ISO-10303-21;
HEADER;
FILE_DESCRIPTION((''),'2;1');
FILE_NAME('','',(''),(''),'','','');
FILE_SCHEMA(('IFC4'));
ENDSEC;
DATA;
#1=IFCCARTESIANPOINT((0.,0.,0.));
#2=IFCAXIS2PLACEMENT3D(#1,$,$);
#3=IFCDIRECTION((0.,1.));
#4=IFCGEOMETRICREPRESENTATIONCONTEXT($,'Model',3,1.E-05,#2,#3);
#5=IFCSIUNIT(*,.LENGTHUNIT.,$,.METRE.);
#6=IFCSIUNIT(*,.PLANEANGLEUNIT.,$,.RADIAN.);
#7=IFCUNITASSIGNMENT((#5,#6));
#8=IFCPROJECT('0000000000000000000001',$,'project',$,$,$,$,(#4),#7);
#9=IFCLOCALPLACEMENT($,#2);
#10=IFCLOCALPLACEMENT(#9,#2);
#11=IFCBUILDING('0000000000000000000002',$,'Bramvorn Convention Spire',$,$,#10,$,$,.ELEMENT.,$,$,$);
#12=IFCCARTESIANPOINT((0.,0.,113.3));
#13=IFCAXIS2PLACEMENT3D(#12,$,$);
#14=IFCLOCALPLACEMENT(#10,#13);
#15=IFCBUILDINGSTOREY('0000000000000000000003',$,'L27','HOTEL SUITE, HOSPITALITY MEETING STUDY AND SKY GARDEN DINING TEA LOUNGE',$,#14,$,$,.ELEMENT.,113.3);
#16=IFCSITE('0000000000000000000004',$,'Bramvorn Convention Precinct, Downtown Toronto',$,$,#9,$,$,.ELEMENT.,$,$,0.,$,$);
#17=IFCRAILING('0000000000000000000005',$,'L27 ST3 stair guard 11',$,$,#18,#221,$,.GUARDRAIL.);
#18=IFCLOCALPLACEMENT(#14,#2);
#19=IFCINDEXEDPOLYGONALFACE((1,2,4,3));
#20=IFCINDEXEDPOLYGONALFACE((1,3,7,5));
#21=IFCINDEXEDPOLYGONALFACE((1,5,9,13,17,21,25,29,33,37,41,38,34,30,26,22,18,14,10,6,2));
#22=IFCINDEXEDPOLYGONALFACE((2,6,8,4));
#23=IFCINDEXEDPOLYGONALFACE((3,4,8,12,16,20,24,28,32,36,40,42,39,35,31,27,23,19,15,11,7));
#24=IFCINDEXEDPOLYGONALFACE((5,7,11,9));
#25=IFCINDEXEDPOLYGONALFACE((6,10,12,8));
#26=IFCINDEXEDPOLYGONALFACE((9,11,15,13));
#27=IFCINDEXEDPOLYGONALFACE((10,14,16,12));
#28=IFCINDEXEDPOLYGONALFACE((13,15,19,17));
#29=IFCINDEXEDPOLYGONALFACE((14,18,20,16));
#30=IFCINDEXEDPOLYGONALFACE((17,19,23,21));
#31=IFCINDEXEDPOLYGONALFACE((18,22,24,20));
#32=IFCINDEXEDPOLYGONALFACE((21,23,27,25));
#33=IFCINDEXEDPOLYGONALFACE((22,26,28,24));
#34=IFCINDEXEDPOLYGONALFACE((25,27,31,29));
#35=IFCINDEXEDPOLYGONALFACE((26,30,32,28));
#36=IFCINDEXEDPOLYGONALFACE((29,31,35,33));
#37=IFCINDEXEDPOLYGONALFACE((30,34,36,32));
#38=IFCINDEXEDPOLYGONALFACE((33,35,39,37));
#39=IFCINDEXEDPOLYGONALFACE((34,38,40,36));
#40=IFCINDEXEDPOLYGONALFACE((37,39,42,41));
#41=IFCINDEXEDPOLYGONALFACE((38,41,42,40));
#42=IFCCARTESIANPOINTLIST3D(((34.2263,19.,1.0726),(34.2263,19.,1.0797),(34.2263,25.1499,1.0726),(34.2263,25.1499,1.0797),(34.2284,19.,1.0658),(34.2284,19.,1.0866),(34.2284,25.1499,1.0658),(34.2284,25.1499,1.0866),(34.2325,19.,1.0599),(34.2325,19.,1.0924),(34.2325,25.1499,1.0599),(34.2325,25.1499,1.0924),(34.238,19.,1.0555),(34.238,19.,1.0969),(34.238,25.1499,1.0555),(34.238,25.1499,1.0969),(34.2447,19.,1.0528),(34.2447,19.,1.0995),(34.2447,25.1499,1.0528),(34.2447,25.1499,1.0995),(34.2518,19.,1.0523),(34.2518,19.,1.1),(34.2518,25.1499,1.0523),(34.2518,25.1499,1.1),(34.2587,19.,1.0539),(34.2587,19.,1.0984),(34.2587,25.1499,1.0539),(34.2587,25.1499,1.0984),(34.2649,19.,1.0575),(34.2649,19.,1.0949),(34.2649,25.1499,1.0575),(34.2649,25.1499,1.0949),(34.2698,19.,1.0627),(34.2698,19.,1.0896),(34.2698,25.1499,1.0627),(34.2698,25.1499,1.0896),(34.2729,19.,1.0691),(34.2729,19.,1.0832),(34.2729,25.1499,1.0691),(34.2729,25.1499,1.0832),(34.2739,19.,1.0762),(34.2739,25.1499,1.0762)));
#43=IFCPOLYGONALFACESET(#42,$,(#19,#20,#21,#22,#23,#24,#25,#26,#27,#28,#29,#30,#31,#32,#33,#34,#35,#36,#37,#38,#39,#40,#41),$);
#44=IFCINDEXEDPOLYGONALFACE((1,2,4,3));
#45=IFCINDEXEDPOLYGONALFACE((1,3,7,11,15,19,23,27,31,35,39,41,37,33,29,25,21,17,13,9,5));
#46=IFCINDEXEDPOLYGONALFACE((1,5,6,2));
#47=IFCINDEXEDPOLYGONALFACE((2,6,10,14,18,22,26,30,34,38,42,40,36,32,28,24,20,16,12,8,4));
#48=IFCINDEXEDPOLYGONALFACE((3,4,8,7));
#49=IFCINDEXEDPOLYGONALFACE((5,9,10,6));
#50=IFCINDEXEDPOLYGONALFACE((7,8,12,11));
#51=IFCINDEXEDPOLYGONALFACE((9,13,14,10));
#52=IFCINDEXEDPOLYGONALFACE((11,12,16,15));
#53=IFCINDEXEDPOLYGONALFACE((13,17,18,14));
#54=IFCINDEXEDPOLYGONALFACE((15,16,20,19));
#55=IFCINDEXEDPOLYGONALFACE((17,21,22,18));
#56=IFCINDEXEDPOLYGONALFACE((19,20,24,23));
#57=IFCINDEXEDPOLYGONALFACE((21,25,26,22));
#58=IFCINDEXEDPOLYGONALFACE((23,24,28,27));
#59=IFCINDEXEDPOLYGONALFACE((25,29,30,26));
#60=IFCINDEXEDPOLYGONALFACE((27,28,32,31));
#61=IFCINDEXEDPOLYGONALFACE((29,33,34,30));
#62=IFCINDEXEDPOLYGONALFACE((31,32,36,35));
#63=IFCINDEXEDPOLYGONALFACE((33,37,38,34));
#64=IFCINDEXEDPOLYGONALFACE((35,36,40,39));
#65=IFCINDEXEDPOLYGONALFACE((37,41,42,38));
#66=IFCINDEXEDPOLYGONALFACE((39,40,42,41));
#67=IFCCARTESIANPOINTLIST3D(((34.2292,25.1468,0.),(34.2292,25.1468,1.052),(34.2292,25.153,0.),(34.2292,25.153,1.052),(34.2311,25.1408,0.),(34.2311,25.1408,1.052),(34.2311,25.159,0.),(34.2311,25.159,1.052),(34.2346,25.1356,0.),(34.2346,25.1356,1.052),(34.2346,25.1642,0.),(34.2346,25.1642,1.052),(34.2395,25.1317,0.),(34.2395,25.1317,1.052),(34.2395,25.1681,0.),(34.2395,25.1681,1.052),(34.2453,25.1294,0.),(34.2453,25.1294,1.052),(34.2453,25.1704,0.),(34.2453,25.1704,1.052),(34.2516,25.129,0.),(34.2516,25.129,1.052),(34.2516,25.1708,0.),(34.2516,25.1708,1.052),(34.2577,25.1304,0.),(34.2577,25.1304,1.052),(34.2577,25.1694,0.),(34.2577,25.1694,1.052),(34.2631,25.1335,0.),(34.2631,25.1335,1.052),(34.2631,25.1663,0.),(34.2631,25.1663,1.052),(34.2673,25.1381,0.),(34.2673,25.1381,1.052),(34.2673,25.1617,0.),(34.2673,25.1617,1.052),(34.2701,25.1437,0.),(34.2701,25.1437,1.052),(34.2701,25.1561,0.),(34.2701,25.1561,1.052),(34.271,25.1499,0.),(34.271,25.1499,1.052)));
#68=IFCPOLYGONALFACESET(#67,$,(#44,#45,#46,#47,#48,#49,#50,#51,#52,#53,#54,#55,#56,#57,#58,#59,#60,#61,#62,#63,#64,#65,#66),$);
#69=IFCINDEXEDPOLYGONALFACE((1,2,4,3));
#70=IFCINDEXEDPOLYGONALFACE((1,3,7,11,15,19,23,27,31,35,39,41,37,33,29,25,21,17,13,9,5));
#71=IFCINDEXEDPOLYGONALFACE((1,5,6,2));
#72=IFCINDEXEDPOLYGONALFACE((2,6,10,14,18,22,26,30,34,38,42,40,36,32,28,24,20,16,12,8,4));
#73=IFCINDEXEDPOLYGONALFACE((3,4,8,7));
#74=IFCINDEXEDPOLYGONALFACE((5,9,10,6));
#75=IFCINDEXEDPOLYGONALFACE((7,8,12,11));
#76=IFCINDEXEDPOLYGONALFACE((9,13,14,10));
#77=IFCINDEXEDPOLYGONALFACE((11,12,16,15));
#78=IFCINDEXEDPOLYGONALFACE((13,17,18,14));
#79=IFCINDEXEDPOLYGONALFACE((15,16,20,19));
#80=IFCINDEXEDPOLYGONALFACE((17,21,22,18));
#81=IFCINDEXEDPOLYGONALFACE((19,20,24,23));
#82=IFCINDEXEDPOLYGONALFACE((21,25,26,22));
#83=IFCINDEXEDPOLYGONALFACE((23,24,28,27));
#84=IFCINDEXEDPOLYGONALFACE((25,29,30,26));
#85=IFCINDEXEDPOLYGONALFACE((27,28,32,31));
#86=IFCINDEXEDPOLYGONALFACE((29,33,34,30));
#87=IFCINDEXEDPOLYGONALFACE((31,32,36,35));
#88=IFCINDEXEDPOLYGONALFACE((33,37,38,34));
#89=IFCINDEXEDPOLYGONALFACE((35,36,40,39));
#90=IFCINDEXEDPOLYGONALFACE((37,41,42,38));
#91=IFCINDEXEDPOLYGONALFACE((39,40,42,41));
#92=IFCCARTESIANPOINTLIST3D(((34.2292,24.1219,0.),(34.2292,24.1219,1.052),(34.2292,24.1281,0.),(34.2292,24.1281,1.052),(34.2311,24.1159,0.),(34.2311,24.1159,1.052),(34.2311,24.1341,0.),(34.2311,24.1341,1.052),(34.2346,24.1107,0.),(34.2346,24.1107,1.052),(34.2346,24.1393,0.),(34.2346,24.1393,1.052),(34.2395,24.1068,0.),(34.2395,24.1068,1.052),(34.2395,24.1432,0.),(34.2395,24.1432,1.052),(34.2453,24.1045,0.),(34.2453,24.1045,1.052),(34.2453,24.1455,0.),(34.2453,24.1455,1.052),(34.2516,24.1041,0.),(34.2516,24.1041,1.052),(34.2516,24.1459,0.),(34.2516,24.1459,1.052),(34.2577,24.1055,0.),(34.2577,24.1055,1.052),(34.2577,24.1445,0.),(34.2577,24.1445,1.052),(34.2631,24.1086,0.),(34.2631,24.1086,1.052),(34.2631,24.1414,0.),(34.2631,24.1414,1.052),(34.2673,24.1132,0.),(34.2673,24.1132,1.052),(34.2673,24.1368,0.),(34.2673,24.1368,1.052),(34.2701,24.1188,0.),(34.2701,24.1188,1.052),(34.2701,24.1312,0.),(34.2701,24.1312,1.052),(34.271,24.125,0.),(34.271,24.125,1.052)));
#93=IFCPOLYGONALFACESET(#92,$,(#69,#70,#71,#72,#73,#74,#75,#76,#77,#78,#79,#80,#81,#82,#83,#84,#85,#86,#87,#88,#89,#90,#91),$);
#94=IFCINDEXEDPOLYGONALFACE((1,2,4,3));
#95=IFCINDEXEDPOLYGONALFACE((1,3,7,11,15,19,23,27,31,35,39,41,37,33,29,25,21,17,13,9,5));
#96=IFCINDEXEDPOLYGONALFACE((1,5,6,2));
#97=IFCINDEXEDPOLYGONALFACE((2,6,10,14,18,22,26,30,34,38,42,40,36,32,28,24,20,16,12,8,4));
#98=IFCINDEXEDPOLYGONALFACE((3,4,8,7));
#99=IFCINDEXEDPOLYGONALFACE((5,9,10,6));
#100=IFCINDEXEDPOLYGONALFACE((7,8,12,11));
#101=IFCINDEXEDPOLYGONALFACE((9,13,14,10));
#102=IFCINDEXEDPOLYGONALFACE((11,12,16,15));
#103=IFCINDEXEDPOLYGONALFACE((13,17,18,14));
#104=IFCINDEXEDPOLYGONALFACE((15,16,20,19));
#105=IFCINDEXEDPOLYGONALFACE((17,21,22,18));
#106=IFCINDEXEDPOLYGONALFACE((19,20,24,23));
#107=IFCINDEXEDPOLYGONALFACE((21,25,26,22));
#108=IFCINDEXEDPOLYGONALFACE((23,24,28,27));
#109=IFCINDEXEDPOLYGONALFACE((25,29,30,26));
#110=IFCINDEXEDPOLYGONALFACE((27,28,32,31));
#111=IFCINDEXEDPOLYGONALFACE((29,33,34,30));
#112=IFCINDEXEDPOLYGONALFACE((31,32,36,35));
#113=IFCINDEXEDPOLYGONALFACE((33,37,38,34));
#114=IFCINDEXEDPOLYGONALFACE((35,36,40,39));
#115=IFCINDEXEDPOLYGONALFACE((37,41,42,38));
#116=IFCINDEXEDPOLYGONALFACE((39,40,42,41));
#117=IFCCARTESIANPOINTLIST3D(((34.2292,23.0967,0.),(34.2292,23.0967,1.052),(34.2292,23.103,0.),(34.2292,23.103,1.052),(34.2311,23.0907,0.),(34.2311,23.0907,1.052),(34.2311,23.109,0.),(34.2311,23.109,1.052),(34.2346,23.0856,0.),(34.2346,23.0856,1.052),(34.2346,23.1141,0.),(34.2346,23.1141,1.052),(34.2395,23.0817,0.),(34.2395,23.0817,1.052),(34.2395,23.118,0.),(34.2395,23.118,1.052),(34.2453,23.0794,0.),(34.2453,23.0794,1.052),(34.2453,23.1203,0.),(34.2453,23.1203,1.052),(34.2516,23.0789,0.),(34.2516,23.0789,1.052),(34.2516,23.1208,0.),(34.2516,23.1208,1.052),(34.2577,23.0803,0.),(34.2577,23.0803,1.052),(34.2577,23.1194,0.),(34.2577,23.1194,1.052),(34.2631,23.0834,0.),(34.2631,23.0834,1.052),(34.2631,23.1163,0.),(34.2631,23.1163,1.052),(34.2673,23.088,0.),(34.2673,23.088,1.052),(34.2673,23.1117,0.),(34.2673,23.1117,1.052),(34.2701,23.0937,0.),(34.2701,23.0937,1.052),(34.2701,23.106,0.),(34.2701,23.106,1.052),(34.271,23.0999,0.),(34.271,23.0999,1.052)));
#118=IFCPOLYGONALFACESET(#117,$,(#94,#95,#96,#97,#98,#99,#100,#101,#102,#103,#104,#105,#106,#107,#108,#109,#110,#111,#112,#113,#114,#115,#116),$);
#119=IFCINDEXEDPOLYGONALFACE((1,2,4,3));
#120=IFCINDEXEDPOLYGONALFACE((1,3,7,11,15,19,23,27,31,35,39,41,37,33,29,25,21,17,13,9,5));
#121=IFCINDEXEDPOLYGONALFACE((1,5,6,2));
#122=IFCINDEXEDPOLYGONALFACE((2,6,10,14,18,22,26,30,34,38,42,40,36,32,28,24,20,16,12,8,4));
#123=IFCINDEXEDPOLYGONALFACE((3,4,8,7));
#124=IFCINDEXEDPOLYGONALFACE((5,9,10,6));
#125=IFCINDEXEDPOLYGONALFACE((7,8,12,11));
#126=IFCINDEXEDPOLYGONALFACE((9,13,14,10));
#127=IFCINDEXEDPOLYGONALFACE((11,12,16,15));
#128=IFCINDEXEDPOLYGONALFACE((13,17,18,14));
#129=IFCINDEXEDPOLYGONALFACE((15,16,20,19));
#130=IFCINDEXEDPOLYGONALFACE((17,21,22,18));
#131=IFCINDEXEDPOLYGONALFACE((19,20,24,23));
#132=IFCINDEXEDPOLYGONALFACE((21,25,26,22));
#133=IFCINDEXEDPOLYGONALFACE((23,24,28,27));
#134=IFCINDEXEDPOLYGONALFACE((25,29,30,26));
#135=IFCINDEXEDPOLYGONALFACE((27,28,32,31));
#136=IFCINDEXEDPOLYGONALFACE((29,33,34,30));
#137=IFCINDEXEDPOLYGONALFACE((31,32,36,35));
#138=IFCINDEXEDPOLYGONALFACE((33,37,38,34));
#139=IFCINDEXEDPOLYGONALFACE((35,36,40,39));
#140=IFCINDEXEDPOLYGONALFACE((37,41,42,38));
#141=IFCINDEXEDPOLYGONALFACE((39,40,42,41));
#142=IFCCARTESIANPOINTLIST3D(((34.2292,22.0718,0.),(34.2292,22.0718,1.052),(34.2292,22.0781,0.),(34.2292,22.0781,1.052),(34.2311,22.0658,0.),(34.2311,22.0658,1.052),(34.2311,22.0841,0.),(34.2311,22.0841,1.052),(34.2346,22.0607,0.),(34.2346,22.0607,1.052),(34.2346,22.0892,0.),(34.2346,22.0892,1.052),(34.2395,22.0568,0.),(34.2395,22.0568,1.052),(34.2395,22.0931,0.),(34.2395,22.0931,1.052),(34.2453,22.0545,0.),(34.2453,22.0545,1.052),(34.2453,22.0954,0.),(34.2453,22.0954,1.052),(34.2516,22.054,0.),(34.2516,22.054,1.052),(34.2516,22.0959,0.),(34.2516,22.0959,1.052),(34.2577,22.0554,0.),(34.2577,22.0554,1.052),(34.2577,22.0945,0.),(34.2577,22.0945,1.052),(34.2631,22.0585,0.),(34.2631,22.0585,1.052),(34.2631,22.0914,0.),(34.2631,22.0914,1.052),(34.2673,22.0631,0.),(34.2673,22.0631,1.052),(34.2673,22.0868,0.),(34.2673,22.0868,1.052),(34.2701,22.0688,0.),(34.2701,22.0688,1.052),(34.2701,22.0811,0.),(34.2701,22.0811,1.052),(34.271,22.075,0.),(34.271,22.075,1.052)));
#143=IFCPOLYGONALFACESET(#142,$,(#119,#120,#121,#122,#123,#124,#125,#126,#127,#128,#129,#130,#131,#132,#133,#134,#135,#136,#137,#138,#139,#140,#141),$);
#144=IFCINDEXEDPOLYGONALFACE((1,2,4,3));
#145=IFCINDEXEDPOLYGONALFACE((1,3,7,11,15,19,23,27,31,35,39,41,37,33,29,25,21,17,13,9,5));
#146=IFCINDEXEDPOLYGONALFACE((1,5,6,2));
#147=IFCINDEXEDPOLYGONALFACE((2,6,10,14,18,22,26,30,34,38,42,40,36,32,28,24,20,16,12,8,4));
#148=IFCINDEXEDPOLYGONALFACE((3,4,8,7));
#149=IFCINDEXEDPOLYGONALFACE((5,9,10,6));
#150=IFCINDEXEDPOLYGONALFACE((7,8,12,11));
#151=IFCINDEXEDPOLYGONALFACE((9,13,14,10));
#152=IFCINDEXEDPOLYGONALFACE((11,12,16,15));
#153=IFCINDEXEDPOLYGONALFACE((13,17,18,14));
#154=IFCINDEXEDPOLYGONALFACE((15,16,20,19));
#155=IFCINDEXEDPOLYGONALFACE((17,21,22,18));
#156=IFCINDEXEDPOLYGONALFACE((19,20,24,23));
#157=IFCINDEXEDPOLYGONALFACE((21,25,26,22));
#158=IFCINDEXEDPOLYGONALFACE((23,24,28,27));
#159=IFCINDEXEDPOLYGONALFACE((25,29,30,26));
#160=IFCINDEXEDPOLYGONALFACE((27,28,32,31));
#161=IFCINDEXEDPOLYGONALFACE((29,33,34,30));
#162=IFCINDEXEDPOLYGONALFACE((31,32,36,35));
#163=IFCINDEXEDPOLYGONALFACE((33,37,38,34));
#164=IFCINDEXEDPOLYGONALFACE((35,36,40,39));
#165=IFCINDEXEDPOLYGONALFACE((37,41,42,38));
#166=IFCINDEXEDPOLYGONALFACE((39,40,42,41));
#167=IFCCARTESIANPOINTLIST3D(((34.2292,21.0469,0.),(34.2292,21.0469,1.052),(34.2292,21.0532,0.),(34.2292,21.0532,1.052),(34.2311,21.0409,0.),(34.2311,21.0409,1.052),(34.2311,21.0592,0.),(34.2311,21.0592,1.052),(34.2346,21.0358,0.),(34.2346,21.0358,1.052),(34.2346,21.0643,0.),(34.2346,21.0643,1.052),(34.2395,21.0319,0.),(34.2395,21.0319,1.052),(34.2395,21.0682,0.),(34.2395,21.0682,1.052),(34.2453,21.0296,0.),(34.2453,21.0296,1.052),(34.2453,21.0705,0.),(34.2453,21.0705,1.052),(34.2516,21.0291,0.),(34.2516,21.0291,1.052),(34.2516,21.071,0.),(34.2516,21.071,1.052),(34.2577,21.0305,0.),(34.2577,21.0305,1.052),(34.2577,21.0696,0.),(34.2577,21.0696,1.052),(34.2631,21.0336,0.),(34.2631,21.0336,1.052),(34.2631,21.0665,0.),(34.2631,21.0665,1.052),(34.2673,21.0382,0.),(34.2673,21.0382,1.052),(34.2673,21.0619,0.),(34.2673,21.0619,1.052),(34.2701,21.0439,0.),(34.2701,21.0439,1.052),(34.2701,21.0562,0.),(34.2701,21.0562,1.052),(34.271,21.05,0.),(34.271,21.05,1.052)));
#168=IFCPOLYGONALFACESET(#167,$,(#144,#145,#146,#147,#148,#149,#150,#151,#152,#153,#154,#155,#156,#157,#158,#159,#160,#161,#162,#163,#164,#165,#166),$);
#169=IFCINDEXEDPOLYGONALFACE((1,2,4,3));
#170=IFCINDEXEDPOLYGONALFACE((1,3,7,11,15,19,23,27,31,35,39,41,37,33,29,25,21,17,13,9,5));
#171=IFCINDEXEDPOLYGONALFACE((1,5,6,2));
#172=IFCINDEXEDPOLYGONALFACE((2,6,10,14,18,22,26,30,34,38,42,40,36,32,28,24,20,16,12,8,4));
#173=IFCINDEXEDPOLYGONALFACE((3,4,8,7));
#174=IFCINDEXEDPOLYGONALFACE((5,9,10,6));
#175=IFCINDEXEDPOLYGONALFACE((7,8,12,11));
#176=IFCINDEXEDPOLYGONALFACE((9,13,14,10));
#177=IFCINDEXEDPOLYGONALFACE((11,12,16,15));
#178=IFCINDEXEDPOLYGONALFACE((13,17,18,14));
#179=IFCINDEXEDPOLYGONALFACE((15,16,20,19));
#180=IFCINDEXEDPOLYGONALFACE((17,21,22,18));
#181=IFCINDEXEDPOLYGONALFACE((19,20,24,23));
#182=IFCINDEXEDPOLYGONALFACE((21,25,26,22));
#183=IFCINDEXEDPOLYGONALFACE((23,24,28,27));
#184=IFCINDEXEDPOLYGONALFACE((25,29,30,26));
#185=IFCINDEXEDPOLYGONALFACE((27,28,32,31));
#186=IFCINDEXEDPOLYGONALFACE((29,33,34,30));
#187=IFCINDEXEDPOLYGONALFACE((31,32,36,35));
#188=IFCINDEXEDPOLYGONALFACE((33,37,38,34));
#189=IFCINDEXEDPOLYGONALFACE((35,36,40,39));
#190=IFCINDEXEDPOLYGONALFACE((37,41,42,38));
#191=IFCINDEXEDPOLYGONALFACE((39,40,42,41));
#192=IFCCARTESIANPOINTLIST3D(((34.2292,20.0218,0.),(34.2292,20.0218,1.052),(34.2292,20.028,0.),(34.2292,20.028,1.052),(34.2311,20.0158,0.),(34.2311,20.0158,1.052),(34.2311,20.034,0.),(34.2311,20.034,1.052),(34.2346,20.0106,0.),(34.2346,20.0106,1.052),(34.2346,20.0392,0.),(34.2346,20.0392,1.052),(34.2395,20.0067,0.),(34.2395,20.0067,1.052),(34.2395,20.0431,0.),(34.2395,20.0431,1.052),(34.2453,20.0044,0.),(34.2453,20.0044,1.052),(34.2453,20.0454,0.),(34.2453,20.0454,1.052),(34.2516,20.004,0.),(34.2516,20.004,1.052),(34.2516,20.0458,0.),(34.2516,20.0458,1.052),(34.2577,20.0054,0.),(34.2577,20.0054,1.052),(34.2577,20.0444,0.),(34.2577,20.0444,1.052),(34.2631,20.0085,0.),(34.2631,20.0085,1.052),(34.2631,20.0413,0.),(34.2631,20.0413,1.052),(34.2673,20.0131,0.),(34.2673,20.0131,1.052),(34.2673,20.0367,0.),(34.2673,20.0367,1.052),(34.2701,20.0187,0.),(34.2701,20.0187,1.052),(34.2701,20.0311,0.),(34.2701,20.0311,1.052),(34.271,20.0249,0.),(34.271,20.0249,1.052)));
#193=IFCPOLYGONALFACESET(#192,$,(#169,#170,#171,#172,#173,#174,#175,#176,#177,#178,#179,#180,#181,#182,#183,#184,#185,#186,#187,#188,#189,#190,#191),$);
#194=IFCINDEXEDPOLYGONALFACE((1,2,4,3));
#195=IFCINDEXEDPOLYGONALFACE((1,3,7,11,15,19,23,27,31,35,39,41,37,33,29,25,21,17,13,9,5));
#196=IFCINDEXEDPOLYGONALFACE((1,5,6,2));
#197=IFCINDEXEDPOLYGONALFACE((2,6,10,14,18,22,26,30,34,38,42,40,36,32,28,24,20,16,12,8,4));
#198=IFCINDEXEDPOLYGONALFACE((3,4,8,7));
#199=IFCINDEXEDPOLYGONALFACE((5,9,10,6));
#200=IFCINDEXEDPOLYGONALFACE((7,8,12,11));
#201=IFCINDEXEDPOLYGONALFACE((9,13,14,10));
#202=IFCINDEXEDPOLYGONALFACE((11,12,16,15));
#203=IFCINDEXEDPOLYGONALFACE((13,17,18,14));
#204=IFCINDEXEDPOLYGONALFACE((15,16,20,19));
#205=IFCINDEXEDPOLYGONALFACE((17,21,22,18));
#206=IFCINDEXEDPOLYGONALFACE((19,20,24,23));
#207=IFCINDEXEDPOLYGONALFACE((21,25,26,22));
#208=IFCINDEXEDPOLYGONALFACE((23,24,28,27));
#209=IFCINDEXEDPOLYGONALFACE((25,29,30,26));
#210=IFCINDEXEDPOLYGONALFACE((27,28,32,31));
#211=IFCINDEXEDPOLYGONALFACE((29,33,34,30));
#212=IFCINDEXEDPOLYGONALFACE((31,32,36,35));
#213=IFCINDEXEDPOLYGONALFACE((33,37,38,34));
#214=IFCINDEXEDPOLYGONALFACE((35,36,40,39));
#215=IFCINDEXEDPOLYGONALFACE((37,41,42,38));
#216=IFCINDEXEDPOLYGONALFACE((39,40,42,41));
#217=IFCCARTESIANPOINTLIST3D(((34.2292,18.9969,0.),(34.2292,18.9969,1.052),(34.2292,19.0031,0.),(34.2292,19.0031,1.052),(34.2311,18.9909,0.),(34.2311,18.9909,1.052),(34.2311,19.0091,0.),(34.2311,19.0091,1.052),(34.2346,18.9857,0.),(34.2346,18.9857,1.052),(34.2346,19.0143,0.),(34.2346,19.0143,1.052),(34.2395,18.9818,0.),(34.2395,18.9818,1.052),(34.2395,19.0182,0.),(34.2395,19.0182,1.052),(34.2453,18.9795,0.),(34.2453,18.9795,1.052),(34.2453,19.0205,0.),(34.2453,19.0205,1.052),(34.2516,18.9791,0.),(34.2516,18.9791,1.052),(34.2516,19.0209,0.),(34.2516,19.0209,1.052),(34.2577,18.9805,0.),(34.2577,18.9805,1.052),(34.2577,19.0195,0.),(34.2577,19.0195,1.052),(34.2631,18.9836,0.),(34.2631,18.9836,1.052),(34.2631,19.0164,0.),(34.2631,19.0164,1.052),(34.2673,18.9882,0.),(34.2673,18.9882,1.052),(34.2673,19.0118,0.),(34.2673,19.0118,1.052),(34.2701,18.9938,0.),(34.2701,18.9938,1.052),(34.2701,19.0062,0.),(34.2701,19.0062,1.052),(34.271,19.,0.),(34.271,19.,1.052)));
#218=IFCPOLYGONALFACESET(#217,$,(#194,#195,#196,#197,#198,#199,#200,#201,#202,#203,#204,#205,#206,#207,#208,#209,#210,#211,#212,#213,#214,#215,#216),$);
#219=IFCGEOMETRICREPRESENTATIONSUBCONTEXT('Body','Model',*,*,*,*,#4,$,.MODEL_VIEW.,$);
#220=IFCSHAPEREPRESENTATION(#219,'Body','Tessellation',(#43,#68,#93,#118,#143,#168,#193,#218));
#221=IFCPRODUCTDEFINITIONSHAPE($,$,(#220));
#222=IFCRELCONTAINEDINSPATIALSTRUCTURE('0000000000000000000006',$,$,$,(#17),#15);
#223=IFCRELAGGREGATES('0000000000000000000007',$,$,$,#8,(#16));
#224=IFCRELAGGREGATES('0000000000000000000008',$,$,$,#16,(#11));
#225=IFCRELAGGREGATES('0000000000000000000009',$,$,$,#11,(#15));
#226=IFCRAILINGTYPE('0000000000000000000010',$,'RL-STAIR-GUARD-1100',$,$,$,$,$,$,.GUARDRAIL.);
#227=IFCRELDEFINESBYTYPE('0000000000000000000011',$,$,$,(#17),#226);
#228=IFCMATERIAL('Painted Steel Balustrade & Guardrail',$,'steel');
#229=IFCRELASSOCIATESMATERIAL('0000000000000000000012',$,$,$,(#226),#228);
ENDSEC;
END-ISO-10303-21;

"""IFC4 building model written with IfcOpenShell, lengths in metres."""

from ifc_helpers import new_model, si_unit, direction, frame, origin, origin_2d, place, context, subcontext, project, spatial, circle, extrude, material, type_object, element, save


model = new_model("IFC4")

# Units and contexts
model_context = context("Model", 3, precision=1e-05, world=origin(), true_north=direction((0.0, 1.0)))
body_context = subcontext(model_context, "Body", "Model", "MODEL_VIEW")
ifc_project = project(units=[si_unit("LENGTHUNIT", "METRE"), si_unit("PLANEANGLEUNIT", "RADIAN")], contexts=[model_context])

# Site, building, storey
site_placement = place(None, origin())
site = spatial("IfcSite", under=ifc_project, at=site_placement, Name="Bramvorn Convention Precinct, Downtown Toronto", CompositionType="ELEMENT", RefElevation=0.0)
building_placement = place(site_placement, origin())
building = spatial("IfcBuilding", under=site, at=building_placement, Name="Bramvorn Convention Spire", CompositionType="ELEMENT")
storey_placement = place(building_placement, frame((0.0, 0.0, 113.3)))
storey = spatial("IfcBuildingStorey", under=building, at=storey_placement, Name="L27", Description="HOTEL SUITE, HOSPITALITY MEETING STUDY AND SKY GARDEN DINING TEA LOUNGE", CompositionType="ELEMENT", Elevation=113.3)

# Railing
ifc_material_1 = material(Name="Painted Steel Balustrade & Guardrail", Category="steel")
railing_type_1 = type_object("IfcRailingType", Name="RL-STAIR-GUARD-1100", PredefinedType="GUARDRAIL", material=ifc_material_1)
railing_1_placement = place(storey_placement, frame((34.25, 25.1499, 0.0)))
element("IfcRailing", 1, at=railing_1_placement, inside=storey, type_object=railing_type_1, Name="L27 ST3 stair guard 11", PredefinedType="GUARDRAIL", context=body_context, shape_type="SweptSolid", body=[
    extrude(circle(Radius=0.0239, at=origin_2d()), frame((0.0, 0.0, 1.0762), z_axis=(0.0, -1.0, 0.0), x_axis=(1.0, 0.0, 0.0)), (0.0, 0.0, 1.0), 6.1499),
    extrude(circle(Radius=0.021, at=origin_2d()), origin(), (0.0, 0.0, 1.0), 1.052),
    extrude(circle(Radius=0.021, at=origin_2d()), frame((0.0, -1.0249, 0.0)), (0.0, 0.0, 1.0), 1.052),
    extrude(circle(Radius=0.021, at=origin_2d()), frame((0.0, -2.05, 0.0)), (0.0, 0.0, 1.0), 1.052),
    extrude(circle(Radius=0.021, at=origin_2d()), frame((0.0, -3.075, 0.0)), (0.0, 0.0, 1.0), 1.052),
    extrude(circle(Radius=0.021, at=origin_2d()), frame((0.0, -4.0999, 0.0)), (0.0, 0.0, 1.0), 1.052),
    extrude(circle(Radius=0.021, at=origin_2d()), frame((0.0, -5.125, 0.0)), (0.0, 0.0, 1.0), 1.052),
    extrude(circle(Radius=0.021, at=origin_2d()), frame((0.0, -6.1499, 0.0)), (0.0, 0.0, 1.0), 1.052),
])

save(model, "model.ifc")
